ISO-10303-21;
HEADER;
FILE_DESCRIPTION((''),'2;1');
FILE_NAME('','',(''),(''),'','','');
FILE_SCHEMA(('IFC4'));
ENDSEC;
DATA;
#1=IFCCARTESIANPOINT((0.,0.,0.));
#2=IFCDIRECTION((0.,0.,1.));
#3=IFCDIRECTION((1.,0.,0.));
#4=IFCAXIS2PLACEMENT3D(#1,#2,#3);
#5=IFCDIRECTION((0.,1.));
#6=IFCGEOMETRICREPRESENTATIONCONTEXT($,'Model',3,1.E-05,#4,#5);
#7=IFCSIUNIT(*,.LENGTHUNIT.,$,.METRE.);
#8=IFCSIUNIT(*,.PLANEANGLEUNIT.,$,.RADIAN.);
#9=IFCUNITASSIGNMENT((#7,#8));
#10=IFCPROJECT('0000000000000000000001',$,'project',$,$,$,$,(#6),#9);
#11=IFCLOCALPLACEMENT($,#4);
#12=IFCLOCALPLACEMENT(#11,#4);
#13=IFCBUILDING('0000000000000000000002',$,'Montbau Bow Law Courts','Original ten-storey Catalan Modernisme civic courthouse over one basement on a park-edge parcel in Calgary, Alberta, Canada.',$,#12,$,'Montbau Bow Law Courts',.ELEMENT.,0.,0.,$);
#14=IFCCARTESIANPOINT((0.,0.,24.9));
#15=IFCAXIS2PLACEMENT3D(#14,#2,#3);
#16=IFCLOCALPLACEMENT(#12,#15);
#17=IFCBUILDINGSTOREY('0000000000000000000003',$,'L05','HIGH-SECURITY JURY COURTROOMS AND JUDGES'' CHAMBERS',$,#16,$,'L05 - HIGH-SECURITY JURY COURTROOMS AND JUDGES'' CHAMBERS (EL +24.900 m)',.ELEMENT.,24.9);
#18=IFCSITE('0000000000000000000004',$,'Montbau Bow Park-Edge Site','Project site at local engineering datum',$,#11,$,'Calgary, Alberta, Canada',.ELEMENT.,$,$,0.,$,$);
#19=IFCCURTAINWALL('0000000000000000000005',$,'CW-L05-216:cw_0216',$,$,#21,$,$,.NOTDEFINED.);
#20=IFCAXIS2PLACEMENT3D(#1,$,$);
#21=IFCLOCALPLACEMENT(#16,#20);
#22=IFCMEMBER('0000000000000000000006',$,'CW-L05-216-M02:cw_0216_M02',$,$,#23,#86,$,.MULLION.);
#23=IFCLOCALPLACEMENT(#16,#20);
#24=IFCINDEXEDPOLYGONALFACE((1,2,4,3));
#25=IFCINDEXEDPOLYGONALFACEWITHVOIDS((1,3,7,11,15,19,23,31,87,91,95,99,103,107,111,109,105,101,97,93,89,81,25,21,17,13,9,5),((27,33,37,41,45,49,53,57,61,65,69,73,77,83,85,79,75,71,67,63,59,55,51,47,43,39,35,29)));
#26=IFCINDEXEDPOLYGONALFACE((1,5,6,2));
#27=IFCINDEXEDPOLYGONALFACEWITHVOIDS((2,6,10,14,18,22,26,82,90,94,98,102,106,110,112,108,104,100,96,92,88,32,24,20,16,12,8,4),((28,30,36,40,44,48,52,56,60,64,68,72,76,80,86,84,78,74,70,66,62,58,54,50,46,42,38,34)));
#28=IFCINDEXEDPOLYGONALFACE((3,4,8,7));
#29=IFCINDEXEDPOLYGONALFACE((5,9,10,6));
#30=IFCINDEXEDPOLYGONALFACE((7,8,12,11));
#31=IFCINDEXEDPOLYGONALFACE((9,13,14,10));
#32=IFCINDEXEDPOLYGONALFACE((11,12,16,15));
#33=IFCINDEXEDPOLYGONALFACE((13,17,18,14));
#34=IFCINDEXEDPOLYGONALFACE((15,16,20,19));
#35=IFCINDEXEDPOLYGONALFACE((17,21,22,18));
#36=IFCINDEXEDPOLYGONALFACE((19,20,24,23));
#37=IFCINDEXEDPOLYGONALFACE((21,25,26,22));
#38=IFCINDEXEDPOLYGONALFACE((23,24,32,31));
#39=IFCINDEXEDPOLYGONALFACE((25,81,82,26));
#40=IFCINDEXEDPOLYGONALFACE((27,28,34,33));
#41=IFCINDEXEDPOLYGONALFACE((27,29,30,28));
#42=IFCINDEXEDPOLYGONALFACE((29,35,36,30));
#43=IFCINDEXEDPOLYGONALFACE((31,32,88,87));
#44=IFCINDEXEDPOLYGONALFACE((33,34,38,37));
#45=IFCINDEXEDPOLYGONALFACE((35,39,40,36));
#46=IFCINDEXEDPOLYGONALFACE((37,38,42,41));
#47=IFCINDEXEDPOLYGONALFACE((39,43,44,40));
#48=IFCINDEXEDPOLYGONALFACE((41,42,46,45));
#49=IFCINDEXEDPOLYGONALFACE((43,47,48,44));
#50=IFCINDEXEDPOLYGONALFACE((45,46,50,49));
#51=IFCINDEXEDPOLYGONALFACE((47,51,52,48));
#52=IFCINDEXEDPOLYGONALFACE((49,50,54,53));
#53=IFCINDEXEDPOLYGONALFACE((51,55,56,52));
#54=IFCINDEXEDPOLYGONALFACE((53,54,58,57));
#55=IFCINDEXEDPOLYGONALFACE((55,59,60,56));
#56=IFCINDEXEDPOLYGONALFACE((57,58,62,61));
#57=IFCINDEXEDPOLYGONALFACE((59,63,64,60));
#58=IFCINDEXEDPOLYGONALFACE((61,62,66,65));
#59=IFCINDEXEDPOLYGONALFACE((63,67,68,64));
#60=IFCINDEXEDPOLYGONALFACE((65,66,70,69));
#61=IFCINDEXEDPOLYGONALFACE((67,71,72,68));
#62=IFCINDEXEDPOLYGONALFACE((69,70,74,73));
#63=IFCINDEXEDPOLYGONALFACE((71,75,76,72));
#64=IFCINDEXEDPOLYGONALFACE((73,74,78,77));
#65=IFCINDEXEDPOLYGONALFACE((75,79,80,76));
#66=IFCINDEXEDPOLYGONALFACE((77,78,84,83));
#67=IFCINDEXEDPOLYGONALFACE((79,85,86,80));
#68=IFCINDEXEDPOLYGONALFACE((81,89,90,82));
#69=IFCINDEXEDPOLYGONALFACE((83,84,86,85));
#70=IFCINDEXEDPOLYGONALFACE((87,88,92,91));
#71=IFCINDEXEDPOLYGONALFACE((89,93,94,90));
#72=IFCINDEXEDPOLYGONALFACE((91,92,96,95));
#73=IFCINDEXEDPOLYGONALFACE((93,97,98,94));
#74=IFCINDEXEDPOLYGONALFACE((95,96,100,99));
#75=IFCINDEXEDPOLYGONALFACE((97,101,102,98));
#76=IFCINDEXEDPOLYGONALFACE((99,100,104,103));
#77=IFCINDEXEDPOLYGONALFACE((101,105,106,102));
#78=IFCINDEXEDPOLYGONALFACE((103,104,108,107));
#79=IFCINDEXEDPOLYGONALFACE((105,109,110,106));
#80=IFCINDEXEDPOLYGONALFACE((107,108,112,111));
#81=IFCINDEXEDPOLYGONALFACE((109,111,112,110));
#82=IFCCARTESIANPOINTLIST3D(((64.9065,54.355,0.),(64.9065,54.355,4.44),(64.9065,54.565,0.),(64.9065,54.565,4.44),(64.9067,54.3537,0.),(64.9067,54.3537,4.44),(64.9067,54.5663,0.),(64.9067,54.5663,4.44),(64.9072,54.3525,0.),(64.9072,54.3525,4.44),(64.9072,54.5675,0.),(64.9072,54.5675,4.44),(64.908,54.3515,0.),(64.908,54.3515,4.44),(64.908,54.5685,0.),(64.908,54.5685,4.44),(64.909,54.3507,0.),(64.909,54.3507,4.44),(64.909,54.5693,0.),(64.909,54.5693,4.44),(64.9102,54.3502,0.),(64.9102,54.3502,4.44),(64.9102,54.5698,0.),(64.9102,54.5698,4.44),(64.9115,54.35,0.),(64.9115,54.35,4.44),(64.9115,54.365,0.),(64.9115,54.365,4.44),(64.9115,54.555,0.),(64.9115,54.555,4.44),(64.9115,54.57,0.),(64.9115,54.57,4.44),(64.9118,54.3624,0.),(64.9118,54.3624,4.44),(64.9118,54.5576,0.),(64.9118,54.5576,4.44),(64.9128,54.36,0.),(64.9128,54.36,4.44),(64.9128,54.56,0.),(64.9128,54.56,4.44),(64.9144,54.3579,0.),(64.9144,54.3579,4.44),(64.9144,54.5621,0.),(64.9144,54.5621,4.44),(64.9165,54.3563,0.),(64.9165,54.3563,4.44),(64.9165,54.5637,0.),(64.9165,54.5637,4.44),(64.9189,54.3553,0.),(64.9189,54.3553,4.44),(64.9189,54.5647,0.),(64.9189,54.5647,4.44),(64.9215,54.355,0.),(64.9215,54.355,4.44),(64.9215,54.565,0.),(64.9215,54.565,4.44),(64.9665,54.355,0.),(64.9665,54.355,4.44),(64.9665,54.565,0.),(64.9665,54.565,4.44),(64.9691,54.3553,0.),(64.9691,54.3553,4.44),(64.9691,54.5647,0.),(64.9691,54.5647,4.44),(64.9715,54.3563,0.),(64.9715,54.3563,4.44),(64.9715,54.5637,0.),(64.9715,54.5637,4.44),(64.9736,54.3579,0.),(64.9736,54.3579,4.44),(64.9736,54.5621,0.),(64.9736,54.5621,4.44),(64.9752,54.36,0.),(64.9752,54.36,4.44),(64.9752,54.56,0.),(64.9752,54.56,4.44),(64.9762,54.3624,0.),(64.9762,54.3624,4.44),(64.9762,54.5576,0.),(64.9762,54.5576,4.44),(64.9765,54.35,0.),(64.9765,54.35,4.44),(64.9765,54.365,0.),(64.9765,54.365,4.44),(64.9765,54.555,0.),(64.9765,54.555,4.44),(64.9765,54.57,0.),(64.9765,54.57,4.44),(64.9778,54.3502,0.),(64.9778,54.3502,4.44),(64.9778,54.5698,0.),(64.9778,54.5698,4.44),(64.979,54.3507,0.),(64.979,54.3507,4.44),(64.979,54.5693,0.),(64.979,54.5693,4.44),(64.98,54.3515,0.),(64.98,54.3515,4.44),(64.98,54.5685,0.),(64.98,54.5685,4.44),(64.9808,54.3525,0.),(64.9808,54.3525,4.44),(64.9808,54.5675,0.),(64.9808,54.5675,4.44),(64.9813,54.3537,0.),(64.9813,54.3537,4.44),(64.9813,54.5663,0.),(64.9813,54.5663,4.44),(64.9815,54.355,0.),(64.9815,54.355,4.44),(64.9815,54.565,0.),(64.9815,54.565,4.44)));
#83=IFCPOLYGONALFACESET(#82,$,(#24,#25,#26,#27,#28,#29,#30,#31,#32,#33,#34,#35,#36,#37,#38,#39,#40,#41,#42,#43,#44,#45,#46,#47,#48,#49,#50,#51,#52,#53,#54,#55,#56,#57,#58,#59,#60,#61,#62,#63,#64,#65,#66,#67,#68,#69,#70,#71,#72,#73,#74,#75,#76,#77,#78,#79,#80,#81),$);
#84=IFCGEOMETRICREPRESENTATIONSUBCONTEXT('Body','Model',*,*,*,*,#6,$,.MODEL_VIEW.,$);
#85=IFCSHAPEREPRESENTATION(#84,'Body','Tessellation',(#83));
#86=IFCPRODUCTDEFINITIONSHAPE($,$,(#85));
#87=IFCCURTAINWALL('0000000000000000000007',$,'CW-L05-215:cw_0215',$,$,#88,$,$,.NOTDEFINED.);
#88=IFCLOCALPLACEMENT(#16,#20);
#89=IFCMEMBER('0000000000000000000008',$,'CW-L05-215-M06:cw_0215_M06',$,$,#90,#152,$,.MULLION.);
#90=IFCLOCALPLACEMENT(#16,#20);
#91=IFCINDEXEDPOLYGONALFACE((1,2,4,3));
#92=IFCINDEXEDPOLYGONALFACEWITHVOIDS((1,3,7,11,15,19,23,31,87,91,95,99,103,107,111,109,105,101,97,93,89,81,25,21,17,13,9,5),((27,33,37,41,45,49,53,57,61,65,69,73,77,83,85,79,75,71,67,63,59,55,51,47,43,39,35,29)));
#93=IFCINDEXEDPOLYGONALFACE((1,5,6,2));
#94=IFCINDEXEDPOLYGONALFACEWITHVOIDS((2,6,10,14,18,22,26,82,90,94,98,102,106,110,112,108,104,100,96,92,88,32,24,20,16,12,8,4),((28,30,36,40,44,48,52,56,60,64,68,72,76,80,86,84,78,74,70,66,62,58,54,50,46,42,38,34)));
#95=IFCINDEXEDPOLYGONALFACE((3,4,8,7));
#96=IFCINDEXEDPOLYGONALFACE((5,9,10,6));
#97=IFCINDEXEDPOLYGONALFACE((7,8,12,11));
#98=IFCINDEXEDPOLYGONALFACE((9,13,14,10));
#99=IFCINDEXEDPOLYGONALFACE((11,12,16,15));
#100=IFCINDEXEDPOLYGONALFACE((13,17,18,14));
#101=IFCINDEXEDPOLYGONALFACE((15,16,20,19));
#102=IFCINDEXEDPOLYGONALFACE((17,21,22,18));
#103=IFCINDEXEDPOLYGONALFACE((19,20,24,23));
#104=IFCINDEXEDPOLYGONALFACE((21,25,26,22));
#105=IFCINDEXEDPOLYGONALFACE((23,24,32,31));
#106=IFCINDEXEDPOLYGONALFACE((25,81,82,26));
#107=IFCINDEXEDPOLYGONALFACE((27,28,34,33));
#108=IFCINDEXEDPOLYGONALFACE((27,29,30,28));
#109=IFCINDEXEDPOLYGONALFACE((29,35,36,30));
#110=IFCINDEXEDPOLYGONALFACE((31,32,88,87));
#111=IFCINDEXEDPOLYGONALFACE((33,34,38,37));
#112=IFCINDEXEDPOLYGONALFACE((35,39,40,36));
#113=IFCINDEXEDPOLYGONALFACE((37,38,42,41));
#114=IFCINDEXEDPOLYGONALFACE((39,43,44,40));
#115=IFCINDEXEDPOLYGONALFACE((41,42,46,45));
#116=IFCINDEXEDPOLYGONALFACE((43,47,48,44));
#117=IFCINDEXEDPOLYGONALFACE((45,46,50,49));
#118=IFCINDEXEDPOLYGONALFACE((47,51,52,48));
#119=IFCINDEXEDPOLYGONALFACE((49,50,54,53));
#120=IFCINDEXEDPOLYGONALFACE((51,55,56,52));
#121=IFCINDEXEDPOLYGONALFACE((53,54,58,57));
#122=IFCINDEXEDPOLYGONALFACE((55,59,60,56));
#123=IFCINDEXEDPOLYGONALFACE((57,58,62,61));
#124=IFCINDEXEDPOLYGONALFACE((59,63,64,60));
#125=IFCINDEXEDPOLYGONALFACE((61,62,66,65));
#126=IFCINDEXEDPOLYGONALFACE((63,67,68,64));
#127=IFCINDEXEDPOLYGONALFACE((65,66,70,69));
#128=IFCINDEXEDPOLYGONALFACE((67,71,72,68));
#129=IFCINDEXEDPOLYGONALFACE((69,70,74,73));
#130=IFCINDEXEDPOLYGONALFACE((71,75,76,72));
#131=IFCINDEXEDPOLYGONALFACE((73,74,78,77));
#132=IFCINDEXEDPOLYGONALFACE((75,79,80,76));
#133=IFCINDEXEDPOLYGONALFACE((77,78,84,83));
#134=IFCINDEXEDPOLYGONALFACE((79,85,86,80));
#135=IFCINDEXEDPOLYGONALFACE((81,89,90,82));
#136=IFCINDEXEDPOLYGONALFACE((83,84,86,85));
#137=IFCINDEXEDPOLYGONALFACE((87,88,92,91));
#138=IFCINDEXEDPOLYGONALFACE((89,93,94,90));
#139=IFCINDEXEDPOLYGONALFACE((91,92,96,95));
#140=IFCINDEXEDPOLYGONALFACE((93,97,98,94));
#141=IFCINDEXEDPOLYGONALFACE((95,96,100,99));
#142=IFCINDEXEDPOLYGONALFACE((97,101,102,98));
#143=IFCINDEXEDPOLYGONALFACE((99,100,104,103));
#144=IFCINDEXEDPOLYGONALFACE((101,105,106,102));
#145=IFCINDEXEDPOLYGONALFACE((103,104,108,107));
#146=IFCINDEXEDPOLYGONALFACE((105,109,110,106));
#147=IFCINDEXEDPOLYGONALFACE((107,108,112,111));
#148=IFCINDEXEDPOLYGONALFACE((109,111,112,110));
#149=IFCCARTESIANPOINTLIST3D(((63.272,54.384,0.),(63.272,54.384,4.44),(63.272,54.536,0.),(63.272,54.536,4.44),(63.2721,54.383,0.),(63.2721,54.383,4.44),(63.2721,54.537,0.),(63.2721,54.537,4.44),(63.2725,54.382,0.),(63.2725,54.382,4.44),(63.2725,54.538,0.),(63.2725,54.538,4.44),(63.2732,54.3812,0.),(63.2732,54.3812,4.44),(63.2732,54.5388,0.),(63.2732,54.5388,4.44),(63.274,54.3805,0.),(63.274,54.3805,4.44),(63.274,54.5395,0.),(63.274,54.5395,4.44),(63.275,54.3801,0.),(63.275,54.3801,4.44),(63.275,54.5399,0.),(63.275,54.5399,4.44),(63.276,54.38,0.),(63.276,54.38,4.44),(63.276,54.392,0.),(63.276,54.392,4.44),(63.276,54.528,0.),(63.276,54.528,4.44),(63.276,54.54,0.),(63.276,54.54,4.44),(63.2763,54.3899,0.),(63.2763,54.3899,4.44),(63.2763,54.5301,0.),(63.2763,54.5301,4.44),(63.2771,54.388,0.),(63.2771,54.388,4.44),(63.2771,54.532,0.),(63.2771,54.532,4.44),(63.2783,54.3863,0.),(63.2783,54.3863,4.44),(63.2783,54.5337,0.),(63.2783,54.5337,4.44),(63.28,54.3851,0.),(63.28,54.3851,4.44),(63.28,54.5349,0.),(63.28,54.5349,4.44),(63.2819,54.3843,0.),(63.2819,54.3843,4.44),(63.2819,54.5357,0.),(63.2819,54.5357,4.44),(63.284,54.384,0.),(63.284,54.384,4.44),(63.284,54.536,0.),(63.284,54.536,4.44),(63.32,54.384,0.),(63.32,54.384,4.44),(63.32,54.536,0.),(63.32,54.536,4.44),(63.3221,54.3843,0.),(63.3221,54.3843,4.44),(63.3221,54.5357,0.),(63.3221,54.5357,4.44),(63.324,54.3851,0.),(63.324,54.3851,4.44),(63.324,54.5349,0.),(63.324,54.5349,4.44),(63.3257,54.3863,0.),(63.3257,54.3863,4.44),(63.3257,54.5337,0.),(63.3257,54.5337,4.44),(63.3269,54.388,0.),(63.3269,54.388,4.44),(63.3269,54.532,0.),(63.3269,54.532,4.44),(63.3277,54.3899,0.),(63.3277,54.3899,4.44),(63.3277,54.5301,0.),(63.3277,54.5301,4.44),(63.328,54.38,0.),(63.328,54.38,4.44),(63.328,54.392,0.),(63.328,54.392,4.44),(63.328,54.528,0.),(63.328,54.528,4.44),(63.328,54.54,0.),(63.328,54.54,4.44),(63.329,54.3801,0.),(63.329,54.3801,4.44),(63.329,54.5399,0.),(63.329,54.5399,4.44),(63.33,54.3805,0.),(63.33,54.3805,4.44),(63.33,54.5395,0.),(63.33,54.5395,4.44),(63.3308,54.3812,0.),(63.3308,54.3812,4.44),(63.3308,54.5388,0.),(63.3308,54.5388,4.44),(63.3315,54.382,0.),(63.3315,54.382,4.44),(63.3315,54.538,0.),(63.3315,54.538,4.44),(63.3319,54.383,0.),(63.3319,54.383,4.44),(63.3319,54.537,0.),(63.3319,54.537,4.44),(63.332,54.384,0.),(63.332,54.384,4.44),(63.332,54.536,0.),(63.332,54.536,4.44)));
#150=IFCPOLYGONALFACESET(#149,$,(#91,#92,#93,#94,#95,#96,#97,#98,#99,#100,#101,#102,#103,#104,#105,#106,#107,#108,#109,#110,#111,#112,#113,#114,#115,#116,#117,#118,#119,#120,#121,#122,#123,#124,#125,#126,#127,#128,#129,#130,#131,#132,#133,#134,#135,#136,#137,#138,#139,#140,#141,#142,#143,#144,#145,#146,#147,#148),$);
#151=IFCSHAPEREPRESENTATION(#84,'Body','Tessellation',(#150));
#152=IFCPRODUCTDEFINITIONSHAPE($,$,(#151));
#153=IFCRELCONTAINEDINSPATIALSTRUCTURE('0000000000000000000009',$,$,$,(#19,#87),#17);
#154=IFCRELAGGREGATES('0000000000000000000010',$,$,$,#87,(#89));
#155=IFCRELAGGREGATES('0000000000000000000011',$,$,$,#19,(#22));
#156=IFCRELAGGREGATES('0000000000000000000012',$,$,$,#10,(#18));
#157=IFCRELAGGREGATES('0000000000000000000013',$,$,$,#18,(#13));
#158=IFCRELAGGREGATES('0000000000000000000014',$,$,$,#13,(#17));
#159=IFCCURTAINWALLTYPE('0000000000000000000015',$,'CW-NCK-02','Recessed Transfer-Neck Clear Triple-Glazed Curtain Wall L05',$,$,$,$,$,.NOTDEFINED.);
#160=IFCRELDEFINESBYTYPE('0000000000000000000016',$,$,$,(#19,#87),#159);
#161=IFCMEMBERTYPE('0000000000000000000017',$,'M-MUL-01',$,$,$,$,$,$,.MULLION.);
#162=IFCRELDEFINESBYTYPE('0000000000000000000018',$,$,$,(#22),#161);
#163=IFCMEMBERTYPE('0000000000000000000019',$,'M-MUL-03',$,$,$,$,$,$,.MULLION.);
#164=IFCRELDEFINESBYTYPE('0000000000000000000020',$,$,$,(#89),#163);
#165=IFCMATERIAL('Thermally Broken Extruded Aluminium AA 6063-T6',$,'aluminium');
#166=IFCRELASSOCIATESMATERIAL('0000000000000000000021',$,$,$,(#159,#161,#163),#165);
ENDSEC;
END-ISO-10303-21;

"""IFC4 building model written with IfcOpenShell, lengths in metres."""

from ifc_helpers import new_model, si_unit, direction, frame, origin_with_axes, origin_2d_with_axis, place, context, subcontext, project, spatial, hollow_rectangle, extrude, material, material_profile, profile_set, type_object, element, aggregate, save


model = new_model("IFC4")

# Units and contexts
model_context = context("Model", 3, precision=1e-05, world=origin_with_axes(), true_north=direction((0.0, 1.0)))
body_context = subcontext(model_context, "Body", "Model", "MODEL_VIEW")
ifc_project = project(units=[si_unit("LENGTHUNIT", "METRE"), si_unit("PLANEANGLEUNIT", "RADIAN")], contexts=[model_context])

# Site, building, storey
site_placement = place(None, origin_with_axes())
site = spatial("IfcSite", under=ifc_project, at=site_placement, Name="Montbau Bow Park-Edge Site", Description="Project site at local engineering datum", LongName="Calgary, Alberta, Canada", CompositionType="ELEMENT", RefElevation=0.0)
building_placement = place(site_placement, origin_with_axes())
building = spatial("IfcBuilding", under=site, at=building_placement, Name="Montbau Bow Law Courts", Description="Original ten-storey Catalan Modernisme civic courthouse over one basement on a park-edge parcel in Calgary, Alberta, Canada.", LongName="Montbau Bow Law Courts", CompositionType="ELEMENT", ElevationOfRefHeight=0.0, ElevationOfTerrain=0.0)
storey_placement = place(building_placement, frame((0.0, 0.0, 24.9), z_axis=(0.0, 0.0, 1.0), x_axis=(1.0, 0.0, 0.0)))
storey = spatial("IfcBuildingStorey", under=building, at=storey_placement, Name="L05", Description="HIGH-SECURITY JURY COURTROOMS AND JUDGES' CHAMBERS", LongName="L05 - HIGH-SECURITY JURY COURTROOMS AND JUDGES' CHAMBERS (EL +24.900 m)", CompositionType="ELEMENT", Elevation=24.9)

# Curtain wall, member
ifc_material_1 = material(Name="Thermally Broken Extruded Aluminium AA 6063-T6", Category="aluminium")
curtain_wall_type = type_object("IfcCurtainWallType", Name="CW-NCK-02", Description="Recessed Transfer-Neck Clear Triple-Glazed Curtain Wall L05", PredefinedType="NOTDEFINED", material=ifc_material_1)
curtain_wall_1_placement = place(None, frame((63.868, 54.46, 24.9), z_axis=(0.0, 0.0, 1.0), x_axis=(1.0, 0.0, 0.0)))
curtain_wall_1 = element("IfcCurtainWall", 1, at=curtain_wall_1_placement, inside=storey, type_object=curtain_wall_type, Name="CW-L05-216:cw_0216", PredefinedType="NOTDEFINED")
ifc_material_profile_1 = material_profile(ifc_material_1, hollow_rectangle(XDim=0.075, YDim=0.22, WallThickness=0.005, InnerFilletRadius=0.01, OuterFilletRadius=0.005, at=origin_2d_with_axis()), Name="CWM-220X75", Category="Main", Priority=0)
ifc_profile_set_1 = profile_set([ifc_material_profile_1], Name="Thermally Broken Extruded Aluminium AA 6063-T6")
member_type_1 = type_object("IfcMemberType", Name="M-MUL-01", PredefinedType="MULLION", material=ifc_profile_set_1)
member_1_placement = place(None, frame((64.944, 54.46, 24.9), z_axis=(0.0, 0.0, 1.0), x_axis=(1.0, 0.0, 0.0)))
member_1 = element("IfcMember", 2, at=member_1_placement, type_object=member_type_1, Name="CW-L05-216-M02:cw_0216_M02", PredefinedType="MULLION", context=body_context, shape_type="SweptSolid", body=[
    extrude(hollow_rectangle(XDim=0.075, YDim=0.22, WallThickness=0.005, InnerFilletRadius=0.01, OuterFilletRadius=0.005, at=origin_2d_with_axis()), origin_with_axes(), (0.0, 0.0, 1.0), 4.44),
])

# Curtain wall, member
curtain_wall_2_placement = place(None, frame((55.468, 54.46, 24.9), z_axis=(0.0, 0.0, 1.0), x_axis=(1.0, 0.0, 0.0)))
curtain_wall_2 = element("IfcCurtainWall", 3, at=curtain_wall_2_placement, inside=storey, type_object=curtain_wall_type, Name="CW-L05-215:cw_0215", PredefinedType="NOTDEFINED")
ifc_material_profile_2 = material_profile(ifc_material_1, hollow_rectangle(XDim=0.06, YDim=0.16, WallThickness=0.004, InnerFilletRadius=0.008, OuterFilletRadius=0.004, at=origin_2d_with_axis()), Name="CWM-160X60", Category="Main", Priority=0)
ifc_profile_set_2 = profile_set([ifc_material_profile_2], Name="Thermally Broken Extruded Aluminium AA 6063-T6")
member_type_2 = type_object("IfcMemberType", Name="M-MUL-03", PredefinedType="MULLION", material=ifc_profile_set_2)
member_2_placement = place(None, frame((63.302, 54.46, 24.9), z_axis=(0.0, 0.0, 1.0), x_axis=(1.0, 0.0, 0.0)))
member_2 = element("IfcMember", 4, at=member_2_placement, type_object=member_type_2, Name="CW-L05-215-M06:cw_0215_M06", PredefinedType="MULLION", context=body_context, shape_type="SweptSolid", body=[
    extrude(hollow_rectangle(XDim=0.06, YDim=0.16, WallThickness=0.004, InnerFilletRadius=0.008, OuterFilletRadius=0.004, at=origin_2d_with_axis()), origin_with_axes(), (0.0, 0.0, 1.0), 4.44),
])
aggregate(curtain_wall_2, [member_2])

aggregate(curtain_wall_1, [member_1])

save(model, "model.ifc")
